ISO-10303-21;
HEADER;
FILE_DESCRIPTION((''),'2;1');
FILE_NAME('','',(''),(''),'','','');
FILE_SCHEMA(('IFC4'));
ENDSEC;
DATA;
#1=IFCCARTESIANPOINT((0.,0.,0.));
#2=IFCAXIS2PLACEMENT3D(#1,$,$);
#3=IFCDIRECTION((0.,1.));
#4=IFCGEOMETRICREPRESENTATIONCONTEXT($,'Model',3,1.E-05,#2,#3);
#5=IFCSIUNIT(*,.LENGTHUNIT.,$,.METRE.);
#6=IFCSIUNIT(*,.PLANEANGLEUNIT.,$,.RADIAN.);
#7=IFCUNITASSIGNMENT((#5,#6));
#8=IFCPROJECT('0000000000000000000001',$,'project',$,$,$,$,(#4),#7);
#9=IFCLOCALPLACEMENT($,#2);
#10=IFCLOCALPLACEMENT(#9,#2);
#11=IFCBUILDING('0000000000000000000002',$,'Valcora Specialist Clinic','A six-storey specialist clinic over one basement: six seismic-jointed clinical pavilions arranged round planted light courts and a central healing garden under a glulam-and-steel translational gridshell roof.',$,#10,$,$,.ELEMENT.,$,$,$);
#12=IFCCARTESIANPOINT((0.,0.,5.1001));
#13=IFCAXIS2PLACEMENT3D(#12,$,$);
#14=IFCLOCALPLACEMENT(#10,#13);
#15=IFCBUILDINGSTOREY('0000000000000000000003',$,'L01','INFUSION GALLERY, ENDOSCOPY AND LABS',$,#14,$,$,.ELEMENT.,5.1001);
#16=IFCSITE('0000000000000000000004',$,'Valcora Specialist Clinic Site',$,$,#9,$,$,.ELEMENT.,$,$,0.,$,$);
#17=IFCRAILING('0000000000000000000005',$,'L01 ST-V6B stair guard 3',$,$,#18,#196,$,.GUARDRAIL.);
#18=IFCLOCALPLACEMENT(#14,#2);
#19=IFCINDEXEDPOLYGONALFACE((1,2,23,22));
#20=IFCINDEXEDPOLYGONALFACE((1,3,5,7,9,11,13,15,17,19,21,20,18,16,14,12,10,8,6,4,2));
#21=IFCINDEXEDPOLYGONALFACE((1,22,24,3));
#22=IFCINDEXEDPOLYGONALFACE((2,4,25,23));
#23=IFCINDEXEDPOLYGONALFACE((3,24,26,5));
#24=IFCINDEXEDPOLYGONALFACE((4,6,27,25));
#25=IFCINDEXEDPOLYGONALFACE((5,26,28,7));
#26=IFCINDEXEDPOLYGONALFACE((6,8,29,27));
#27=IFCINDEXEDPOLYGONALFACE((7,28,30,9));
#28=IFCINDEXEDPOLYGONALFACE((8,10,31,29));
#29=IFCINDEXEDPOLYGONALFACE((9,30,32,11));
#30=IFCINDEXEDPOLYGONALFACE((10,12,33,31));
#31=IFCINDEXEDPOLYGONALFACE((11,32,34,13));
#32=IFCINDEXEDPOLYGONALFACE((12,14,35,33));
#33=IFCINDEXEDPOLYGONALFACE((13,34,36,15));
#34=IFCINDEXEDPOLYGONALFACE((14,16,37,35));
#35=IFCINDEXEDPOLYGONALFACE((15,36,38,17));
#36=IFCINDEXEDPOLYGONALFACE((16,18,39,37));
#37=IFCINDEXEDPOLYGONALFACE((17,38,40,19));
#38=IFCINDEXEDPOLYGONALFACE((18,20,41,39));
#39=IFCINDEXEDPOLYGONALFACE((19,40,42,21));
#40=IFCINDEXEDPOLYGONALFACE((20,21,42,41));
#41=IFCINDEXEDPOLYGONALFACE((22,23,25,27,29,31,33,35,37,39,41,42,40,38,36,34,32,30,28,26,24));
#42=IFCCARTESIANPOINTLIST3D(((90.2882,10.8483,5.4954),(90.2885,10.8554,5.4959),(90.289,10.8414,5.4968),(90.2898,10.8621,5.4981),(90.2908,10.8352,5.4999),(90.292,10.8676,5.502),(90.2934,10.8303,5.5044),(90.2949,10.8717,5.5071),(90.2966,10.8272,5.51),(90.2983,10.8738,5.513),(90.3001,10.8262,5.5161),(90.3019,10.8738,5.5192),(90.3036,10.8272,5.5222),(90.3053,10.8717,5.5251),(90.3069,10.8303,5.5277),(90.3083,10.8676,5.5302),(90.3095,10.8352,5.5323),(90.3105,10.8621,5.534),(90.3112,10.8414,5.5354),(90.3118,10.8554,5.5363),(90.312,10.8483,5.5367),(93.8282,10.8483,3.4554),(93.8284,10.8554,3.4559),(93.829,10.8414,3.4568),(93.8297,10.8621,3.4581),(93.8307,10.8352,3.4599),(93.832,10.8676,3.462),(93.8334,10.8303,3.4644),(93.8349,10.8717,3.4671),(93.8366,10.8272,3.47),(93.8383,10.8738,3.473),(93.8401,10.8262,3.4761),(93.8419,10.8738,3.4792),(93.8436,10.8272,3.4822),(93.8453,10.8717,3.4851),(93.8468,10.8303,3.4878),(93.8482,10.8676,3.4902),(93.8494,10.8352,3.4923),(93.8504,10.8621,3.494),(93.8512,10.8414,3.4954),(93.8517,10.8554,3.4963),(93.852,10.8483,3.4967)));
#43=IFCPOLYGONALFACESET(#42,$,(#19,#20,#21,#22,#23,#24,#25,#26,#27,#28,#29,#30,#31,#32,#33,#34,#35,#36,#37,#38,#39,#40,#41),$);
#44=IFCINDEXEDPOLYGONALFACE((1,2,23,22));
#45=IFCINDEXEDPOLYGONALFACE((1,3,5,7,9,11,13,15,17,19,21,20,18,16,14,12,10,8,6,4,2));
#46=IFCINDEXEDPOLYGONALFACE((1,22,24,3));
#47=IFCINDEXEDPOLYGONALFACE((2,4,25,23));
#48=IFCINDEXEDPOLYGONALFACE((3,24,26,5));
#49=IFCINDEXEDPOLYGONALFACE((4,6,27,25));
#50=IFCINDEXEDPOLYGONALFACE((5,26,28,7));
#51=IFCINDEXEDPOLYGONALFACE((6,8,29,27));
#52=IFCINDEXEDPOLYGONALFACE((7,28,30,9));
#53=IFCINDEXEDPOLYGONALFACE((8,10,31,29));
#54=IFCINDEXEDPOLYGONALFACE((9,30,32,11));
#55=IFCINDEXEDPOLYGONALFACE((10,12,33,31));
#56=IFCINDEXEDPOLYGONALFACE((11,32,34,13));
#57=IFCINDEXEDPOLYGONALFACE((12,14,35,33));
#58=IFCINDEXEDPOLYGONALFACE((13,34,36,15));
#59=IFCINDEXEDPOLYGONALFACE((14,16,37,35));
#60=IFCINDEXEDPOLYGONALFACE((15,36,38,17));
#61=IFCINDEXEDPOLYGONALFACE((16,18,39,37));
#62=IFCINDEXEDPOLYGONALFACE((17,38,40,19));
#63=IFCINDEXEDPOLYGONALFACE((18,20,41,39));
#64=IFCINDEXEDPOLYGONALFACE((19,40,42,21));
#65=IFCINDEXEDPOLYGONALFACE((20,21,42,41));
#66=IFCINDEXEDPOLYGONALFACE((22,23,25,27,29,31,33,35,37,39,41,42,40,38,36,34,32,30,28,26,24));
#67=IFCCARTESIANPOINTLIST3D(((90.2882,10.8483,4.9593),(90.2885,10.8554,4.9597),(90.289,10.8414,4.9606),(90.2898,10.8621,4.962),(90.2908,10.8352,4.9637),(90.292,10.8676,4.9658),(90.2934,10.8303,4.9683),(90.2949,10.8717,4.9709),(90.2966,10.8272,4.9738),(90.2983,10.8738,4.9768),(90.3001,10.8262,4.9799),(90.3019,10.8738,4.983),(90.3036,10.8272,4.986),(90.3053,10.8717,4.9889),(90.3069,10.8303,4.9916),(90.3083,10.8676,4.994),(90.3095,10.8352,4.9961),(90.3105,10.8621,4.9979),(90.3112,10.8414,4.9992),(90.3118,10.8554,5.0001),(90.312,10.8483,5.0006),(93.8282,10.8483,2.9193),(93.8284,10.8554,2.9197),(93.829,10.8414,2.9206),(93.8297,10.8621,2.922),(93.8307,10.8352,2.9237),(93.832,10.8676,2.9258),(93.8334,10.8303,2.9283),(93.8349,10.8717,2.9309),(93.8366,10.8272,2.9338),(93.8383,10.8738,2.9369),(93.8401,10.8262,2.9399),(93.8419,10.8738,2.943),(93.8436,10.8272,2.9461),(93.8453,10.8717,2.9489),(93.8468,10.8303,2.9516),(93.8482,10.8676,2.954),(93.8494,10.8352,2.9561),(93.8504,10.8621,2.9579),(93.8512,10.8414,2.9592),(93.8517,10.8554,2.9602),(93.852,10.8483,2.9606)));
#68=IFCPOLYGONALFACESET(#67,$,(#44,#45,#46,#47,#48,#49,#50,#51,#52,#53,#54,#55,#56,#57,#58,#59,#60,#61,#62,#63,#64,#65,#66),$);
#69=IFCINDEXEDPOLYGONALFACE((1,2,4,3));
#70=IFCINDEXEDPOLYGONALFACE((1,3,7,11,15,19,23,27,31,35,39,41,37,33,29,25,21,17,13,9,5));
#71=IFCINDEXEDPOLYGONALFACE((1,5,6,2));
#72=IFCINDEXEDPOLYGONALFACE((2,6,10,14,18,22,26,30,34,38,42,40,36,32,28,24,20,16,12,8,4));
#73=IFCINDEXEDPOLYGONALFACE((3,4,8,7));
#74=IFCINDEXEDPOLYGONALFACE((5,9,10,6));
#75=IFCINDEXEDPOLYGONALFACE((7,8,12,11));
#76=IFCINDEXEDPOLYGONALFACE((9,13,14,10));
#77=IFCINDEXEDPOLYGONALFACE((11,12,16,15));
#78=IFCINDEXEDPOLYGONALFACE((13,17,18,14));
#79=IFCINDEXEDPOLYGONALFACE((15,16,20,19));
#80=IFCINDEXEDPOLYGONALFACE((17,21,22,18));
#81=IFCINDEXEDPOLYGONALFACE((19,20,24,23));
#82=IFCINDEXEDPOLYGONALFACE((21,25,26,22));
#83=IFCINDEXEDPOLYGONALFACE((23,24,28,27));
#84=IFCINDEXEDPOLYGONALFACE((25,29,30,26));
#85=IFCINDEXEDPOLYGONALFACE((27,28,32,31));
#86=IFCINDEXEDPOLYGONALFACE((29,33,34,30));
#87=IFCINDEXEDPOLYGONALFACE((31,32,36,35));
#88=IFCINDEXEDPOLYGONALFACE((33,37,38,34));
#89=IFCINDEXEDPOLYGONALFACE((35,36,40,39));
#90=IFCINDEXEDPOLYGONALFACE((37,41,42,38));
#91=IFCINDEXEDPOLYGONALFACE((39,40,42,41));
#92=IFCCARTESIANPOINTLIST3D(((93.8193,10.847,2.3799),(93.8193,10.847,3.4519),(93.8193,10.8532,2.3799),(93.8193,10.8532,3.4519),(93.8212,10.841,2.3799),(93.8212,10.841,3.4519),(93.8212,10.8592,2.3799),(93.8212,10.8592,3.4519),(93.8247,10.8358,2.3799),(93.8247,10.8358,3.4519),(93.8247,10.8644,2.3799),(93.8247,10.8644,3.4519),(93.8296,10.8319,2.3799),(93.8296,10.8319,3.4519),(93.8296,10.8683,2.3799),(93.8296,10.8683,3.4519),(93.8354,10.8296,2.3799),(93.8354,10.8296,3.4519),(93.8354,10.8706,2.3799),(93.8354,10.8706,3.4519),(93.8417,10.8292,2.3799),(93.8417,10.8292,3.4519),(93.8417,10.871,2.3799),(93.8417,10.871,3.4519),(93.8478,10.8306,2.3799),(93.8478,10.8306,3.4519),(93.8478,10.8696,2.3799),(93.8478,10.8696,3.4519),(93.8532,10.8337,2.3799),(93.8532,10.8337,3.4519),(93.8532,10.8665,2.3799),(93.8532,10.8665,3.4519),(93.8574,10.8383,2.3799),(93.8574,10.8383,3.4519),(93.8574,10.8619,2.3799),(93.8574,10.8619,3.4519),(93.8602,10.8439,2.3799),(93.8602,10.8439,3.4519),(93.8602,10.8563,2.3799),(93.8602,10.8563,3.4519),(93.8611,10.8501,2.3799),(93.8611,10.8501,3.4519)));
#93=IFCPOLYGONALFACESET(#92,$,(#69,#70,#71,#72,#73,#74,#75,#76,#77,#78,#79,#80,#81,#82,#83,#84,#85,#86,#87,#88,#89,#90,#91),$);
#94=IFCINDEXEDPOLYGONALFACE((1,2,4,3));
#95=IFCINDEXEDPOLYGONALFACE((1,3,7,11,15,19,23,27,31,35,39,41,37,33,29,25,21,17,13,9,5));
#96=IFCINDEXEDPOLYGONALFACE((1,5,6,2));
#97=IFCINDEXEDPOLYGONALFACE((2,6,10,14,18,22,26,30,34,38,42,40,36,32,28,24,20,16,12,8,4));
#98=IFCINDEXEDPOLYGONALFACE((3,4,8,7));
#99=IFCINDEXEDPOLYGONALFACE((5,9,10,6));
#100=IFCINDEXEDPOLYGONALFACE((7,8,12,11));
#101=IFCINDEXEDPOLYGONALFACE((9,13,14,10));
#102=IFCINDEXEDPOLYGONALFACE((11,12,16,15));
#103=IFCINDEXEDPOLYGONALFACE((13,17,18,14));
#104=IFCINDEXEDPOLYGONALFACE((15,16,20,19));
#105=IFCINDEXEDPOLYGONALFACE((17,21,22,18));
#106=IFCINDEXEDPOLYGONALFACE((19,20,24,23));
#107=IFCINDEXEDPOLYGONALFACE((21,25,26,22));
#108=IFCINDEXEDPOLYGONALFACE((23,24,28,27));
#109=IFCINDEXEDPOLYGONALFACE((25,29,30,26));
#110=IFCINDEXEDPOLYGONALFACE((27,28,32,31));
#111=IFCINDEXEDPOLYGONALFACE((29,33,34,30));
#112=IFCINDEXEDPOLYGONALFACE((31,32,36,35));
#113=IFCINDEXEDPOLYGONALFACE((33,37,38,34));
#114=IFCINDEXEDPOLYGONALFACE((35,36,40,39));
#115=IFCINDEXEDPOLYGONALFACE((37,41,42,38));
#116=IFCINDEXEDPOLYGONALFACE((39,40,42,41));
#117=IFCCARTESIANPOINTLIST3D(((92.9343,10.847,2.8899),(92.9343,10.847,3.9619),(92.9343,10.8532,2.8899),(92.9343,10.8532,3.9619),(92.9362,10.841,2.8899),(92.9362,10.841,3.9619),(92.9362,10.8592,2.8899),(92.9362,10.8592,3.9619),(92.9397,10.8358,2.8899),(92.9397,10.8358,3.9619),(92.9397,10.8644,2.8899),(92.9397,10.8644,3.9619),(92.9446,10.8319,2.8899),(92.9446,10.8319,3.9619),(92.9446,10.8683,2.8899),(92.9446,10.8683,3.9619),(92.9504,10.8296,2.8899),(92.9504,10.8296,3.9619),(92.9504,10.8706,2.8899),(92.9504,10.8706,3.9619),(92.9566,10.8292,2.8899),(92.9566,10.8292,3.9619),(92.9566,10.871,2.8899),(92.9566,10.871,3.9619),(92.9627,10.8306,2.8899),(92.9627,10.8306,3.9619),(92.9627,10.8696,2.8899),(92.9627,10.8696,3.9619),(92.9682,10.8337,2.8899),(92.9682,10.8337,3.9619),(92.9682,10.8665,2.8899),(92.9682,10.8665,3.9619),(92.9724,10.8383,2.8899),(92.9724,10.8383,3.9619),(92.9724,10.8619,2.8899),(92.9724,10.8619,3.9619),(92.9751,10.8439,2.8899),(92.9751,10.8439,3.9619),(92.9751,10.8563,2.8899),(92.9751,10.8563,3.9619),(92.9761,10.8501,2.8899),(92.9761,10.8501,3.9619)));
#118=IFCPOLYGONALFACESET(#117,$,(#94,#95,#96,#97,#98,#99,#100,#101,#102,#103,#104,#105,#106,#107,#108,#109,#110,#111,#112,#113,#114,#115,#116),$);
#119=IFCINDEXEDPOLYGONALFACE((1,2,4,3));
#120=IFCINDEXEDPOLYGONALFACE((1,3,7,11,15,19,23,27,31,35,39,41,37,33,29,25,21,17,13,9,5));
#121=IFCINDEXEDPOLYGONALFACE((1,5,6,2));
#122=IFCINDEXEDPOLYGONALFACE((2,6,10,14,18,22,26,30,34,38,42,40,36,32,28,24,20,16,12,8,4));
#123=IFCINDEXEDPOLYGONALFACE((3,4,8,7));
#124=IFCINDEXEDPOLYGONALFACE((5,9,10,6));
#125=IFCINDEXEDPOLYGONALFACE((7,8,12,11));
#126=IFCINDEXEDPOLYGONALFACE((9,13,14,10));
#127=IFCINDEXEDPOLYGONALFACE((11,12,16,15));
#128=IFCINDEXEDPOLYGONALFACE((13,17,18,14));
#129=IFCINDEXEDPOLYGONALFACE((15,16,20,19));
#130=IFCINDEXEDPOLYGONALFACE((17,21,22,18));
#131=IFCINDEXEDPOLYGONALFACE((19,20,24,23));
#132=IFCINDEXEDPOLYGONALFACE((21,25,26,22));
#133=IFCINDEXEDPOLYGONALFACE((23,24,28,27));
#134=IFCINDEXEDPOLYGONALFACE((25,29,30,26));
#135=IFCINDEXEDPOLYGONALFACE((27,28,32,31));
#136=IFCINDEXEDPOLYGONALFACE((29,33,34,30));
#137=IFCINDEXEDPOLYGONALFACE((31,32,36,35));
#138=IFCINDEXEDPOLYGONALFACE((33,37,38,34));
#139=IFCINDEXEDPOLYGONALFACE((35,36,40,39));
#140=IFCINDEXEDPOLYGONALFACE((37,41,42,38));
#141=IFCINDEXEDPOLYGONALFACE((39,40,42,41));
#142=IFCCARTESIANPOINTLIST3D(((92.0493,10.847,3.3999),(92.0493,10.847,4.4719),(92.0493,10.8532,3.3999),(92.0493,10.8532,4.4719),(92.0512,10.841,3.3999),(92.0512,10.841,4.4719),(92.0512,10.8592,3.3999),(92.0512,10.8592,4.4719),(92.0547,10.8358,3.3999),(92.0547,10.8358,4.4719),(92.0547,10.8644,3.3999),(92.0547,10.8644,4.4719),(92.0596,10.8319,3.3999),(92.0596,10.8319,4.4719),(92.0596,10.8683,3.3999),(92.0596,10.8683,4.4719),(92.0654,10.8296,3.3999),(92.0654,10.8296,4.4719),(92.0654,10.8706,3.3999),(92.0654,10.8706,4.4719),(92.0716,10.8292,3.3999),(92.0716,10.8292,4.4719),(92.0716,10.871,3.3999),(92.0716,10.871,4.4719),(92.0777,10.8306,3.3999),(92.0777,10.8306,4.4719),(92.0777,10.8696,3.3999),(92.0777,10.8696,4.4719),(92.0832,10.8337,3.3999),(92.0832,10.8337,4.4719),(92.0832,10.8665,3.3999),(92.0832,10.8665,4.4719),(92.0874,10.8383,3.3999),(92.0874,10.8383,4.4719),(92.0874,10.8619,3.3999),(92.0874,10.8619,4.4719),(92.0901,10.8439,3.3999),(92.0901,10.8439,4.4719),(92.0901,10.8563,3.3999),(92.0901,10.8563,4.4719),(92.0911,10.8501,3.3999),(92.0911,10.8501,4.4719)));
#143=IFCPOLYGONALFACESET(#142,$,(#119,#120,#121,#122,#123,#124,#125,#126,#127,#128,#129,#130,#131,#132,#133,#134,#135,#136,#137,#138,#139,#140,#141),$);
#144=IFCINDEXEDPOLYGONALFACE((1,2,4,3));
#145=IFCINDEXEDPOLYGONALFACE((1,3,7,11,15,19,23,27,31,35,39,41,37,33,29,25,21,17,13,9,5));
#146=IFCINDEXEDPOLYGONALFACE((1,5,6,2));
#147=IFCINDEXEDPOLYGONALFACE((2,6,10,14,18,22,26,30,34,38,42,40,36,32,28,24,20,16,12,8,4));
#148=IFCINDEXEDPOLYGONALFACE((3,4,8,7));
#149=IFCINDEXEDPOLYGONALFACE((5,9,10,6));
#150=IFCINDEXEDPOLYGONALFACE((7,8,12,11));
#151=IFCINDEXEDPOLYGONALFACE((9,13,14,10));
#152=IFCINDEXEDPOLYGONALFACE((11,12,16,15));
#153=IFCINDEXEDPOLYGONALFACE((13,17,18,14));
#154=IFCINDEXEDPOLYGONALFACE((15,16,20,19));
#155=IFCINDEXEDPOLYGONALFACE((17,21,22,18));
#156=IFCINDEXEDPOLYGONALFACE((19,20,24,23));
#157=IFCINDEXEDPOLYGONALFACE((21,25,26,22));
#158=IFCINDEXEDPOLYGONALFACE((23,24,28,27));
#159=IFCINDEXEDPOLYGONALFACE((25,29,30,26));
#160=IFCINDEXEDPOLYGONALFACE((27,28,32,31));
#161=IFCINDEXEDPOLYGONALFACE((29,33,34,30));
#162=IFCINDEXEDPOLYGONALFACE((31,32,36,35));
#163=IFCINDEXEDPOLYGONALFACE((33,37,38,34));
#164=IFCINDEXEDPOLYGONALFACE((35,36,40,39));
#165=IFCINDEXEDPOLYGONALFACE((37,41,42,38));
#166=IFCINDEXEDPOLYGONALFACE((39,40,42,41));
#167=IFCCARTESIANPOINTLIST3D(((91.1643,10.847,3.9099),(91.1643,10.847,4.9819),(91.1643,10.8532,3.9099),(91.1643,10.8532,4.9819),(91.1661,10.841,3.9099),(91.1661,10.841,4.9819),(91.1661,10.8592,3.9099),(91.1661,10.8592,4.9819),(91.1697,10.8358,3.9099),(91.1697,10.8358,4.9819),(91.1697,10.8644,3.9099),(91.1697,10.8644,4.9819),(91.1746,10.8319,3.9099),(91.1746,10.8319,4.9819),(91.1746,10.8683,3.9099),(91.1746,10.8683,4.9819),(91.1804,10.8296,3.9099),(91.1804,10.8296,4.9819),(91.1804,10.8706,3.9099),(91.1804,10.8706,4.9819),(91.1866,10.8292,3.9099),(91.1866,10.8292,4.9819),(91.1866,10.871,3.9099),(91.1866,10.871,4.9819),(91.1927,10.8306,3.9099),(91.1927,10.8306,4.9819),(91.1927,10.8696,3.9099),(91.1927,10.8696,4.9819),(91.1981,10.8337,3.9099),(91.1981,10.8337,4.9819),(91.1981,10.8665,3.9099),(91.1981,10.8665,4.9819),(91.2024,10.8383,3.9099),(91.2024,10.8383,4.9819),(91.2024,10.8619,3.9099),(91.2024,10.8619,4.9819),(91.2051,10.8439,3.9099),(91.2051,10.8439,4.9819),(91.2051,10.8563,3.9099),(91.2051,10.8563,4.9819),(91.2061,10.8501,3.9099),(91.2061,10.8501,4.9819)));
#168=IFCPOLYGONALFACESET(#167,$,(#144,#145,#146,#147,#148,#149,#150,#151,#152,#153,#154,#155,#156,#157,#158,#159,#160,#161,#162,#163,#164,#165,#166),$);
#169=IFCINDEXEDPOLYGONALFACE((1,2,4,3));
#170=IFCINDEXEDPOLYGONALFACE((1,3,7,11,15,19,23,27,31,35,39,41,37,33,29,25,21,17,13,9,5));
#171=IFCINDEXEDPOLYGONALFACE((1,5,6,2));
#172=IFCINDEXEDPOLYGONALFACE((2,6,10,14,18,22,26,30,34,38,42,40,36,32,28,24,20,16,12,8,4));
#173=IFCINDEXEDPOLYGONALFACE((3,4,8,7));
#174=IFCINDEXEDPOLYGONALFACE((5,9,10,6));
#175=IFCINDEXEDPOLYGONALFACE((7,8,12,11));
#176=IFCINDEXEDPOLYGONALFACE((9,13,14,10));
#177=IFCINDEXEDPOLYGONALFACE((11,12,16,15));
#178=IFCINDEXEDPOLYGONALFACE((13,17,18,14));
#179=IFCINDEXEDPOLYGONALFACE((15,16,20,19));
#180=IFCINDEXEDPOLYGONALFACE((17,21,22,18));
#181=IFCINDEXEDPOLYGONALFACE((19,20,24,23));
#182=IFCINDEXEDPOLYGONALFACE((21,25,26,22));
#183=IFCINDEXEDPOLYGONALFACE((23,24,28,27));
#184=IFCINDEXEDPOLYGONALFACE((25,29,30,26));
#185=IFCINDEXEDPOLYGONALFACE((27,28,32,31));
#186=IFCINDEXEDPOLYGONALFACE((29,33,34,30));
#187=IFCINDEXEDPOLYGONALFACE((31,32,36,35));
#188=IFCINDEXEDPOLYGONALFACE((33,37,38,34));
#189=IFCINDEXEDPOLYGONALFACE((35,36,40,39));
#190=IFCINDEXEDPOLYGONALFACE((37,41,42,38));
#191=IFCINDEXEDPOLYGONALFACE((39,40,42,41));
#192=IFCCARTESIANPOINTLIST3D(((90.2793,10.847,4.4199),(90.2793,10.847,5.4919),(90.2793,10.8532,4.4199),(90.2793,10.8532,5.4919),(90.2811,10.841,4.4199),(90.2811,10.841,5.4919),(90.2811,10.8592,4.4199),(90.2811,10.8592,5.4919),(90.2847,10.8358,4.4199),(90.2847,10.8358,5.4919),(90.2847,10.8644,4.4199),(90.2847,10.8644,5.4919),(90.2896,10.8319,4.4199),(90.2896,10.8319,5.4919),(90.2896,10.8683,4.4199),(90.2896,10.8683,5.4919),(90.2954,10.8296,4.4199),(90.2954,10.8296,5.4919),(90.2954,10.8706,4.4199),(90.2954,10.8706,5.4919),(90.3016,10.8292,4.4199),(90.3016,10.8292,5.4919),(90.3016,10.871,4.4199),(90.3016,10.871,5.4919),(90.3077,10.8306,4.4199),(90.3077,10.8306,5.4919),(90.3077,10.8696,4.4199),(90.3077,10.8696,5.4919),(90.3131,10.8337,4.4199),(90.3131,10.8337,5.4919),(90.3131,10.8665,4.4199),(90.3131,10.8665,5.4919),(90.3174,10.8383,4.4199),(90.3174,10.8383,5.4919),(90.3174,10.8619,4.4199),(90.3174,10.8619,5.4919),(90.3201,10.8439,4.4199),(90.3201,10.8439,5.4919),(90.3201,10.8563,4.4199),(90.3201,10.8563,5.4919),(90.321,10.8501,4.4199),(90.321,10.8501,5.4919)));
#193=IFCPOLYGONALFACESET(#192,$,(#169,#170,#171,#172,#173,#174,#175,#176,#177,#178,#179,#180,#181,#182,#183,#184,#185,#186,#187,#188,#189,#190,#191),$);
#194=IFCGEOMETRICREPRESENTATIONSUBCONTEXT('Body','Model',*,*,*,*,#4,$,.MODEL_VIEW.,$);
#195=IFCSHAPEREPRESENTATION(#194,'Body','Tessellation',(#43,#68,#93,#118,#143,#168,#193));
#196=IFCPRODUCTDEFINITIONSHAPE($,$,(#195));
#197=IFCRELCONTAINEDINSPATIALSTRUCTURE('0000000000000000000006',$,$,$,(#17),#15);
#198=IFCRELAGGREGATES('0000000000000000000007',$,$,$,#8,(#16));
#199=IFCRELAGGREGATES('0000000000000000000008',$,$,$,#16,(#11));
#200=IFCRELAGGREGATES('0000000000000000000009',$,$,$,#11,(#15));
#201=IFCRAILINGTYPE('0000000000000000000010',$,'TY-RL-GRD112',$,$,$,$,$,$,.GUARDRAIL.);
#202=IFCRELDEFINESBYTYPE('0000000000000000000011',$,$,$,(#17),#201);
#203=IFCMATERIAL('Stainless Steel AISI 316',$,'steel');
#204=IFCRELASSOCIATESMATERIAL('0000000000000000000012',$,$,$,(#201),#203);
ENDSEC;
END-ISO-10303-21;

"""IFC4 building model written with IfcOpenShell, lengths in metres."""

from ifc_helpers import new_model, si_unit, direction, frame, origin, origin_2d, place, context, subcontext, project, spatial, circle, extrude, material, type_object, element, save


model = new_model("IFC4")

# Units and contexts
model_context = context("Model", 3, precision=1e-05, world=origin(), true_north=direction((0.0, 1.0)))
body_context = subcontext(model_context, "Body", "Model", "MODEL_VIEW")
ifc_project = project(units=[si_unit("LENGTHUNIT", "METRE"), si_unit("PLANEANGLEUNIT", "RADIAN")], contexts=[model_context])

# Site, building, storey
site_placement = place(None, origin())
site = spatial("IfcSite", under=ifc_project, at=site_placement, Name="Valcora Specialist Clinic Site", CompositionType="ELEMENT", RefElevation=0.0)
building_placement = place(site_placement, origin())
building = spatial("IfcBuilding", under=site, at=building_placement, Name="Valcora Specialist Clinic", Description="A six-storey specialist clinic over one basement: six seismic-jointed clinical pavilions arranged round planted light courts and a central healing garden under a glulam-and-steel translational gridshell roof.", CompositionType="ELEMENT")
storey_placement = place(building_placement, frame((0.0, 0.0, 5.1001)))
storey = spatial("IfcBuildingStorey", under=building, at=storey_placement, Name="L01", Description="INFUSION GALLERY, ENDOSCOPY AND LABS", CompositionType="ELEMENT", Elevation=5.1001)

# Shared definitions
ifc_material_1 = material(Name="Stainless Steel AISI 316", Category="steel")

# Railing
railing_type_1 = type_object("IfcRailingType", Name="TY-RL-GRD112", PredefinedType="GUARDRAIL", material=ifc_material_1)
railing_1_placement = place(storey_placement, frame((93.8401, 10.8501, 2.3799)))
element("IfcRailing", 1, at=railing_1_placement, inside=storey, type_object=railing_type_1, Name="L01 ST-V6B stair guard 3", PredefinedType="GUARDRAIL", context=body_context, shape_type="SweptSolid", body=[
    extrude(circle(Radius=0.0239, at=origin_2d()), frame((0.0, 0.0, 1.0962), z_axis=(-0.866428, 0.0, 0.499302), x_axis=(0.0, -1.0, 0.0)), (0.0, 0.0, 1.0), 4.0857),
    extrude(circle(Radius=0.0239, at=origin_2d()), frame((0.0, 0.0, 0.5601), z_axis=(-0.866428, 0.0, 0.499302), x_axis=(0.0, -1.0, 0.0)), (0.0, 0.0, 1.0), 4.0857),
    extrude(circle(Radius=0.021, at=origin_2d()), origin(), (0.0, 0.0, 1.0), 1.072),
    extrude(circle(Radius=0.021, at=origin_2d()), frame((-0.885, 0.0, 0.51)), (0.0, 0.0, 1.0), 1.072),
    extrude(circle(Radius=0.021, at=origin_2d()), frame((-1.77, 0.0, 1.02)), (0.0, 0.0, 1.0), 1.072),
    extrude(circle(Radius=0.021, at=origin_2d()), frame((-2.655, 0.0, 1.53)), (0.0, 0.0, 1.0), 1.072),
    extrude(circle(Radius=0.021, at=origin_2d()), frame((-3.54, 0.0, 2.04)), (0.0, 0.0, 1.0), 1.072),
])

save(model, "model.ifc")
